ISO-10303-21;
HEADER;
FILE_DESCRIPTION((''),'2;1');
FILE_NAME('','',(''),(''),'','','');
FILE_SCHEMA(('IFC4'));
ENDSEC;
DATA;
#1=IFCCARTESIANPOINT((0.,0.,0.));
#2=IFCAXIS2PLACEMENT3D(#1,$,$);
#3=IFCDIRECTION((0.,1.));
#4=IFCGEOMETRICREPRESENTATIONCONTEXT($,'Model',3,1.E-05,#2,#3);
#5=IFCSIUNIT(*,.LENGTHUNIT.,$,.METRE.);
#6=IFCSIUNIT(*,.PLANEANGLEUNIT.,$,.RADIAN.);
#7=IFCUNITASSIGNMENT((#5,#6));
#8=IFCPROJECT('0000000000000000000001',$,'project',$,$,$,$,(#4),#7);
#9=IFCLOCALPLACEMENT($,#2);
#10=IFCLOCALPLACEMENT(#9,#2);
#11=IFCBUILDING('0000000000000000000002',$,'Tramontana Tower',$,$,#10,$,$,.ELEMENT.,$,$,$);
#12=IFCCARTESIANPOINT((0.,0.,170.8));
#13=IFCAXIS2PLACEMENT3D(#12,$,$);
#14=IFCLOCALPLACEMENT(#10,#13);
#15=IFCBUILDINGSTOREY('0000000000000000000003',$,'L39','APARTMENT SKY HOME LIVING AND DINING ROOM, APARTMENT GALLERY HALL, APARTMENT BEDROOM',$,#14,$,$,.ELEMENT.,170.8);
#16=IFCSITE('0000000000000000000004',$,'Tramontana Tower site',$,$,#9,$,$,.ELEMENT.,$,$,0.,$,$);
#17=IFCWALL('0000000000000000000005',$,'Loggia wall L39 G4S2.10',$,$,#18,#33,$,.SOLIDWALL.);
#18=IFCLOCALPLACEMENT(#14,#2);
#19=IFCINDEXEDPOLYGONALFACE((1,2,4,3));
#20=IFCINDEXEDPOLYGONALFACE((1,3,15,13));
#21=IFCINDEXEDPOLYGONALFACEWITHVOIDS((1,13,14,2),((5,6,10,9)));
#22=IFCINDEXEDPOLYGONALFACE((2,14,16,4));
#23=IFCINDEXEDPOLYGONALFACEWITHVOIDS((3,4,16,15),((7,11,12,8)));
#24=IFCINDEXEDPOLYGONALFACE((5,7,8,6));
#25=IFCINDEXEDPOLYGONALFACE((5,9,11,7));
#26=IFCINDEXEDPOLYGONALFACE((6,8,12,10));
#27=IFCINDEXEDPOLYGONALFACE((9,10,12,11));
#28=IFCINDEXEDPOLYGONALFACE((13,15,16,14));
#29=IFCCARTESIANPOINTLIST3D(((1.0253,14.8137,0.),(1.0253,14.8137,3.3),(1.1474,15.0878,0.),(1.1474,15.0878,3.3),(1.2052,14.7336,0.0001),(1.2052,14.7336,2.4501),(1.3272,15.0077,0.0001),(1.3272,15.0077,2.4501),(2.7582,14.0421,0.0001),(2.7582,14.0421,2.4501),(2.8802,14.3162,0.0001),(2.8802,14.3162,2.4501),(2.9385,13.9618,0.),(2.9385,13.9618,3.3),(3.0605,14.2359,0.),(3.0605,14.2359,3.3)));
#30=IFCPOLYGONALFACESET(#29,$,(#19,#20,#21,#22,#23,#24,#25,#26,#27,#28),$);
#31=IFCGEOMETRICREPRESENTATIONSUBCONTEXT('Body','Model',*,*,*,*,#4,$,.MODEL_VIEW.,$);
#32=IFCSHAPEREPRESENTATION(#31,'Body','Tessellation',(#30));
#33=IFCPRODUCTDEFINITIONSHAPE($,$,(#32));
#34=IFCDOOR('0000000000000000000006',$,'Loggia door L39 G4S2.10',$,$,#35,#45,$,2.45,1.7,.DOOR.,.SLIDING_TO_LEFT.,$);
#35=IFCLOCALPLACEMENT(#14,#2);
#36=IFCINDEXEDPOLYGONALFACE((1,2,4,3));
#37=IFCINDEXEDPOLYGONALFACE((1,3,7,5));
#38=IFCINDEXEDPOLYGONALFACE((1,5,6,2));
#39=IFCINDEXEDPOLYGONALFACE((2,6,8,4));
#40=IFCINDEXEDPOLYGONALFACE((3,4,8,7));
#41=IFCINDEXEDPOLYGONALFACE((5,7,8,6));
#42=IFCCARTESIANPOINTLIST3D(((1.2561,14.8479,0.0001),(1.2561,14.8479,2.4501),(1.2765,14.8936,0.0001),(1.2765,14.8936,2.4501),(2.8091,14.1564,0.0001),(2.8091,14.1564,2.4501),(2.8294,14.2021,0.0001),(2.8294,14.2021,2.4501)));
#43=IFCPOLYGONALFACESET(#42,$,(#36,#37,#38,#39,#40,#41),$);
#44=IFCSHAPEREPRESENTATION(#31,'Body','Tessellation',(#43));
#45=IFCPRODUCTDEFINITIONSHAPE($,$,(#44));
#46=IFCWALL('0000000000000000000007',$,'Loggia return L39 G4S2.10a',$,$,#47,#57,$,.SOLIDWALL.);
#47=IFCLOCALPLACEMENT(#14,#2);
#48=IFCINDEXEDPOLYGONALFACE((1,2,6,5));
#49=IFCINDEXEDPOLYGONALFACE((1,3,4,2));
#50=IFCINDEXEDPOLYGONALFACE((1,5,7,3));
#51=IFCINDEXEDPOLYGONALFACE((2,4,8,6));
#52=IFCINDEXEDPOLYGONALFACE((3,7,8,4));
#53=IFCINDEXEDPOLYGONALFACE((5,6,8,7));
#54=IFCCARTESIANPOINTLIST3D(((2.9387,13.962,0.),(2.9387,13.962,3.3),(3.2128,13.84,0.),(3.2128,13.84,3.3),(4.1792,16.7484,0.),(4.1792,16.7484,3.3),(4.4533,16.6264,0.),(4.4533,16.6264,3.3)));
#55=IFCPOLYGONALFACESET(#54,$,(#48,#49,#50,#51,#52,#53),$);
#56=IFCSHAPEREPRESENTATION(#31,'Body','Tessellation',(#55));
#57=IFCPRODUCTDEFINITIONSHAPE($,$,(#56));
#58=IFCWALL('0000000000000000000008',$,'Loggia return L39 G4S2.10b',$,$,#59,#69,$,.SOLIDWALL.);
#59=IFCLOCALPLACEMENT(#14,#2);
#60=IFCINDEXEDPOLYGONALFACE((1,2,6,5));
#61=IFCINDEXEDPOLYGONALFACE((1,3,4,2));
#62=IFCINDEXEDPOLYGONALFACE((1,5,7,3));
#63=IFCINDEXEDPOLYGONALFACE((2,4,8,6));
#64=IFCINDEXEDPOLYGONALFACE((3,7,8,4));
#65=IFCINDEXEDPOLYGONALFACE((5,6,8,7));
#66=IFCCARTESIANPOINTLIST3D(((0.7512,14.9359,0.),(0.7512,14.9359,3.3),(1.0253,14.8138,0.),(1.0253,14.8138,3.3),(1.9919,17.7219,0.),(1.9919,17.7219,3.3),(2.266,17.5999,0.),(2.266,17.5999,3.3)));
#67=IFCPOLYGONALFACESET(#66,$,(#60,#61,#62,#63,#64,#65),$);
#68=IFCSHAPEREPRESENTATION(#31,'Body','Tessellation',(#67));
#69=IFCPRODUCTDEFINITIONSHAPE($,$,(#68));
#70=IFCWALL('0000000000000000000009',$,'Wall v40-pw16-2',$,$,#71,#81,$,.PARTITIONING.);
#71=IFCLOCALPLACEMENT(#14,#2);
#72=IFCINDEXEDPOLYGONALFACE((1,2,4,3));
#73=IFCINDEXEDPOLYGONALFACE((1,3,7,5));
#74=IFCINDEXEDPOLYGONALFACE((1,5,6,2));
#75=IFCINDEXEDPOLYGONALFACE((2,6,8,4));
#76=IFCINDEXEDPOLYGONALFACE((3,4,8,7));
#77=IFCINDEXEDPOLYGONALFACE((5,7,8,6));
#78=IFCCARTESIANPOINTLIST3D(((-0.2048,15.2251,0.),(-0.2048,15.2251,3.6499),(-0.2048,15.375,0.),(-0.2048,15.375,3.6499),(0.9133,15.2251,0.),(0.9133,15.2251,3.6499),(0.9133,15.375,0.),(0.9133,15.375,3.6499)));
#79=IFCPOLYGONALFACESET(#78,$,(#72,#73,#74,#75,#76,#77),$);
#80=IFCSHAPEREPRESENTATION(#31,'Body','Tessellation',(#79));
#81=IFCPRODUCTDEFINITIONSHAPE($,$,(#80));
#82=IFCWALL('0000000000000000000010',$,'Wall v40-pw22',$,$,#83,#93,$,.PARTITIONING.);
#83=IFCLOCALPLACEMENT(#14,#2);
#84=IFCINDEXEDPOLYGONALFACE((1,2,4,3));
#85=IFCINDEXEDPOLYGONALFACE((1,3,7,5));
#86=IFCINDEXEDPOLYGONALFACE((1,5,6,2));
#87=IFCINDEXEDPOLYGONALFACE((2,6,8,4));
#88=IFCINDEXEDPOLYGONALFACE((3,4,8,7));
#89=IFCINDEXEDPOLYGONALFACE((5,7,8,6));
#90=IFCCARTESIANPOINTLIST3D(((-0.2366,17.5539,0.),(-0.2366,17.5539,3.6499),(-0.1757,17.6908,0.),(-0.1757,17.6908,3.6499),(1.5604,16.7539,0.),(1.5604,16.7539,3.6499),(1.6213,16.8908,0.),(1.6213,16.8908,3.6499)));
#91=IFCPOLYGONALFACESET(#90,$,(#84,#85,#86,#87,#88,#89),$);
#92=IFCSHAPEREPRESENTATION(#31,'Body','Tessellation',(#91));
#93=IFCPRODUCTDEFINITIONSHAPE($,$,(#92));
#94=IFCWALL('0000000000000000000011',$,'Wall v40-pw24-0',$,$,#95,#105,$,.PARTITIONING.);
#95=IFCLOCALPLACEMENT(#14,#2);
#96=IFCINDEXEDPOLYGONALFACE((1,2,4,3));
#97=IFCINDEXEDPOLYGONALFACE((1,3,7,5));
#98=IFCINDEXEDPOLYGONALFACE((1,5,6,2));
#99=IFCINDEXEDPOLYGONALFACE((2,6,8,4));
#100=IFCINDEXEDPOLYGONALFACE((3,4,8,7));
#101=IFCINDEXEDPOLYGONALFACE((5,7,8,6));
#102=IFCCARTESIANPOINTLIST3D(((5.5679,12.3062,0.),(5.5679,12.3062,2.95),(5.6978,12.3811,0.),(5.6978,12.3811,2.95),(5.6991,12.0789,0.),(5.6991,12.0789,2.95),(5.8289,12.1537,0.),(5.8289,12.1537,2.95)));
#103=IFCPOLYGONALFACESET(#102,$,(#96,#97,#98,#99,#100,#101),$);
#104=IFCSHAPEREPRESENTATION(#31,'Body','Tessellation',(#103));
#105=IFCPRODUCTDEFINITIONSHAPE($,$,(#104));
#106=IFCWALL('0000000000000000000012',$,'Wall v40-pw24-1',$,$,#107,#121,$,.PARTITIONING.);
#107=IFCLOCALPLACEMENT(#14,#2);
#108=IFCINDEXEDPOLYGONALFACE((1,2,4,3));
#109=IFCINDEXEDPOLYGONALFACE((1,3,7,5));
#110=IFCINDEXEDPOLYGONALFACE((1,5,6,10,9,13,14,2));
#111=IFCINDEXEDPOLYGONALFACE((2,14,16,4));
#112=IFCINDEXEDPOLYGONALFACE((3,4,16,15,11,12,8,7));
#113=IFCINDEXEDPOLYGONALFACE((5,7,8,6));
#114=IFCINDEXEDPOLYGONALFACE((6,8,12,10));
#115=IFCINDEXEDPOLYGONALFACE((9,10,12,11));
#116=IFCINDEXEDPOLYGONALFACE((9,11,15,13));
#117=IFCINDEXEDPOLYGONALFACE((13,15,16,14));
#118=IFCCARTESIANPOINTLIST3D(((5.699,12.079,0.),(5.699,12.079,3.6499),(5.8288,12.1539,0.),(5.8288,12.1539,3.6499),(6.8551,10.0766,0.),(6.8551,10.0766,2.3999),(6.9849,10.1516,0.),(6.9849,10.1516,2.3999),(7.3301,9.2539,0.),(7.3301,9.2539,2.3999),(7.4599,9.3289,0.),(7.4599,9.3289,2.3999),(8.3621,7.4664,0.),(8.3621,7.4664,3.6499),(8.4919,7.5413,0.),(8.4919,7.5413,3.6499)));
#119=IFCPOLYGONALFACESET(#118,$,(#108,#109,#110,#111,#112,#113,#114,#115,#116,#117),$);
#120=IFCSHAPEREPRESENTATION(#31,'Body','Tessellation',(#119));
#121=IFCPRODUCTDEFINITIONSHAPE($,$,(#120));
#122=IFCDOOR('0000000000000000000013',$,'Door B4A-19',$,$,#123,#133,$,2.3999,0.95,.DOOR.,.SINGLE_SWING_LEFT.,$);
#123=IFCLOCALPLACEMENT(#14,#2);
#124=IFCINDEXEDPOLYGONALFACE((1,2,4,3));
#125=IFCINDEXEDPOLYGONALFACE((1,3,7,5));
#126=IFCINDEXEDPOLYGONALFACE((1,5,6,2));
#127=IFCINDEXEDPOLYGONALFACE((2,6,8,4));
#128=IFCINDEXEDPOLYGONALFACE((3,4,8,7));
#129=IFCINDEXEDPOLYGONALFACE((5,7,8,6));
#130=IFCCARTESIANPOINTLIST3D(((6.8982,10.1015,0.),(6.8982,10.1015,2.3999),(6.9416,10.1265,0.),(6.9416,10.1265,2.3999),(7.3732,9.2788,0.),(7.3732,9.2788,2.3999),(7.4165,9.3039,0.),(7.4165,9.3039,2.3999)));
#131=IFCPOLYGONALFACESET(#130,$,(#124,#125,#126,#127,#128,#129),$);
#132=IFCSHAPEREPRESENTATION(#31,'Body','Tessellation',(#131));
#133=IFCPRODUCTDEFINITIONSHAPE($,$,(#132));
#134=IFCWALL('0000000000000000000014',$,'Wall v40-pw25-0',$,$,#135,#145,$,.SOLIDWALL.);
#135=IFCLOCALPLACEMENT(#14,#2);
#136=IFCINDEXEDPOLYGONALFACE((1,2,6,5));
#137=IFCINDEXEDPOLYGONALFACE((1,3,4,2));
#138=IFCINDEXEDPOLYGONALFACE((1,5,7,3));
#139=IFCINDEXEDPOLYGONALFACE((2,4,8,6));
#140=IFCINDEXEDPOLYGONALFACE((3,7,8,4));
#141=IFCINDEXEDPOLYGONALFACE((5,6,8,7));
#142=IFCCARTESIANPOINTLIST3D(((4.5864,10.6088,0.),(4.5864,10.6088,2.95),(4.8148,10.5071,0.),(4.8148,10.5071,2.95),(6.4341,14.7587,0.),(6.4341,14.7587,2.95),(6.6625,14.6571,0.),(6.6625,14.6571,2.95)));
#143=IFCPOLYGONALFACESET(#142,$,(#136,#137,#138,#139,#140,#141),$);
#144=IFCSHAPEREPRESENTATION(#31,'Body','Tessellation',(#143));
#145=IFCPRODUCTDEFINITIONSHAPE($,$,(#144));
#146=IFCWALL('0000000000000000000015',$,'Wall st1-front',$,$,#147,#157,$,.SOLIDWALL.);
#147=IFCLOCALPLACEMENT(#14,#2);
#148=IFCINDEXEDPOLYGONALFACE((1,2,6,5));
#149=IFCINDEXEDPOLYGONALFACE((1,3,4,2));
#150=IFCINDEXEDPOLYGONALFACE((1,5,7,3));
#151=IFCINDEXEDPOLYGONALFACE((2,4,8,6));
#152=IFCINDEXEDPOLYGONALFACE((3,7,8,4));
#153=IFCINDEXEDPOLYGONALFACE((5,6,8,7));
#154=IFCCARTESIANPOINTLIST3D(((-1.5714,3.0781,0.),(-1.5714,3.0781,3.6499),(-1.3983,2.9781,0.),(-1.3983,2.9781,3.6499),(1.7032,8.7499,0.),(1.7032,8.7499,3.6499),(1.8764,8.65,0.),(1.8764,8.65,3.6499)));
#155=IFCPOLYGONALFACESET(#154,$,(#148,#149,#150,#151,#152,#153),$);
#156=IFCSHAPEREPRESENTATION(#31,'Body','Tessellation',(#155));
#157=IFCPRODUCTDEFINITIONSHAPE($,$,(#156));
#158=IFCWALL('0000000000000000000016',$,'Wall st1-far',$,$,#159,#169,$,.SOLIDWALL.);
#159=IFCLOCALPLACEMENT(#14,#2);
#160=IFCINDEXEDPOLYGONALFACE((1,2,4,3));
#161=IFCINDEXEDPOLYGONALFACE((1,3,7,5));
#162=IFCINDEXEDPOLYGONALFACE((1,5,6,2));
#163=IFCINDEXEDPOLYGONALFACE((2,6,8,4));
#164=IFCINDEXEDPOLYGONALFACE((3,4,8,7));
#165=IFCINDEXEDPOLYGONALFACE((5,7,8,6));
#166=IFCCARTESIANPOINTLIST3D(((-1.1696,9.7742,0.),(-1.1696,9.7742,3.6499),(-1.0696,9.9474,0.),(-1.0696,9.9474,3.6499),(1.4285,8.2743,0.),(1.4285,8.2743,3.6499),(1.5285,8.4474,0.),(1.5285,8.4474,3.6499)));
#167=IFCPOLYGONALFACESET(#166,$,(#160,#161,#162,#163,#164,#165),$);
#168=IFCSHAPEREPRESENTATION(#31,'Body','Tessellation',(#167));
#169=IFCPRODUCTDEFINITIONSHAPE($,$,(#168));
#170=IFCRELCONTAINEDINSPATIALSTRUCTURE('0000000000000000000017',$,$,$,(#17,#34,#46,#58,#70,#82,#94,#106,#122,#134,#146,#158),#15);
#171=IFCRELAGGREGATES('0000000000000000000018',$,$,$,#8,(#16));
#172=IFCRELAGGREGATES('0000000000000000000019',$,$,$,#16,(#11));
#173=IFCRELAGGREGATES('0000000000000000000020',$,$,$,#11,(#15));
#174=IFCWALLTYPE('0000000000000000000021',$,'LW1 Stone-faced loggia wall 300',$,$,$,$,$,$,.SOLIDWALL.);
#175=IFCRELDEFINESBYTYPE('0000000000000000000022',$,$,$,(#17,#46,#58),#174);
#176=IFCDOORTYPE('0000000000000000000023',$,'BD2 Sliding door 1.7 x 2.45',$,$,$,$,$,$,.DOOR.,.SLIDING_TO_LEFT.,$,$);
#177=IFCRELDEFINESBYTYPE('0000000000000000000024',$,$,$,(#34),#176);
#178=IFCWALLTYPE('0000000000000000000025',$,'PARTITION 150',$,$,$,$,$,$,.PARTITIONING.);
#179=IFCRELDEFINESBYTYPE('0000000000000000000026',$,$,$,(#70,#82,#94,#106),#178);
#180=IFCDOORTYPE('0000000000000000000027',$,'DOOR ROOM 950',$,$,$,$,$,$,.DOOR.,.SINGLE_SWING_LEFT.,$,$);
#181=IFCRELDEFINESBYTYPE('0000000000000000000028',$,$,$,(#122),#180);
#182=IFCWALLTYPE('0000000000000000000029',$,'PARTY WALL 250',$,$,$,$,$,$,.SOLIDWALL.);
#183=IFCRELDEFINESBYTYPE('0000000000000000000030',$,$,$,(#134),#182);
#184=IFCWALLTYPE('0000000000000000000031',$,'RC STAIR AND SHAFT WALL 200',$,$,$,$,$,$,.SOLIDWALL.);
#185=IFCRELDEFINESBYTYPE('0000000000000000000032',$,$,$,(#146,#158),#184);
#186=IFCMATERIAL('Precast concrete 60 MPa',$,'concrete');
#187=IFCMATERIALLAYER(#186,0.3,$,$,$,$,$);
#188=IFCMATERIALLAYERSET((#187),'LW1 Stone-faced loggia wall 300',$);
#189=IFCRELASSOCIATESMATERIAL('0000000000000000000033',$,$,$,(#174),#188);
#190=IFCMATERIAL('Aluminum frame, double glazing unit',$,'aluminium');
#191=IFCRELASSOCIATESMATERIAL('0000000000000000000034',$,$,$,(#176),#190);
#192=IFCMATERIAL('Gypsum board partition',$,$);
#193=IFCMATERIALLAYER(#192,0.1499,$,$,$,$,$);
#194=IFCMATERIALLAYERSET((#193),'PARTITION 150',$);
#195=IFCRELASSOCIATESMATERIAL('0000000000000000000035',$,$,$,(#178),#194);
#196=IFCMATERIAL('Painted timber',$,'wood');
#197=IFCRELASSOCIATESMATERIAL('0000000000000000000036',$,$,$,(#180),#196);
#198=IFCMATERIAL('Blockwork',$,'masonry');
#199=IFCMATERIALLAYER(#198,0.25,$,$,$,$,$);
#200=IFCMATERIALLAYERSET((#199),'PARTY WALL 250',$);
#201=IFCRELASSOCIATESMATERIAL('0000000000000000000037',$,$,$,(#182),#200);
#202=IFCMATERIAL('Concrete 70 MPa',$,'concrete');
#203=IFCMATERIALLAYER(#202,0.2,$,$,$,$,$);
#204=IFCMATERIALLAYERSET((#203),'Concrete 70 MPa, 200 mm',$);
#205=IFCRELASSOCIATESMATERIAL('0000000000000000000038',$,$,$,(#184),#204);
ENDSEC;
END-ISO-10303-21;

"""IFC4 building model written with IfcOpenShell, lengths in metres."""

from ifc_helpers import new_model, si_unit, direction, frame, frame_2d, origin, place, context, subcontext, project, spatial, rectangle, extrude, material, layer, layer_set, type_object, element, fill, save


model = new_model("IFC4")

# Units and contexts
model_context = context("Model", 3, precision=1e-05, world=origin(), true_north=direction((0.0, 1.0)))
body_context = subcontext(model_context, "Body", "Model", "MODEL_VIEW")
ifc_project = project(units=[si_unit("LENGTHUNIT", "METRE"), si_unit("PLANEANGLEUNIT", "RADIAN")], contexts=[model_context])

# Site, building, storey
site_placement = place(None, origin())
site = spatial("IfcSite", under=ifc_project, at=site_placement, Name="Tramontana Tower site", CompositionType="ELEMENT", RefElevation=0.0)
building_placement = place(site_placement, origin())
building = spatial("IfcBuilding", under=site, at=building_placement, Name="Tramontana Tower", CompositionType="ELEMENT")
storey_placement = place(building_placement, frame((0.0, 0.0, 170.8)))
storey = spatial("IfcBuildingStorey", under=building, at=storey_placement, Name="L39", Description="APARTMENT SKY HOME LIVING AND DINING ROOM, APARTMENT GALLERY HALL, APARTMENT BEDROOM", CompositionType="ELEMENT", Elevation=170.8)

# Wall, opening, door
ifc_material_1 = material(Name="Precast concrete 60 MPa", Category="concrete")
ifc_layer_1 = layer(ifc_material_1, 0.3)
ifc_layer_set_1 = layer_set([ifc_layer_1], Name="LW1 Stone-faced loggia wall 300")
wall_type_1 = type_object("IfcWallType", Name="LW1 Stone-faced loggia wall 300", PredefinedType="SOLIDWALL", material=ifc_layer_set_1)
wall_1_placement = place(storey_placement, frame((2.9995, 14.0989, 0.0), z_axis=(0.0, 0.0, 1.0), x_axis=(-0.913537, 0.406755, 0.0)))
wall_1 = element("IfcWall", 1, at=wall_1_placement, inside=storey, type_object=wall_type_1, Name="Loggia wall L39 G4S2.10", PredefinedType="SOLIDWALL", context=body_context, shape_type="SweptSolid", body=[
    extrude(rectangle(XDim=2.0942, YDim=0.3, at=frame_2d((1.0471, 0.0))), origin(), (0.0, 0.0, 1.0), 3.3),
])
opening_1_placement = place(wall_1_placement, frame((0.1973, 0.0, 0.0)))
opening_1 = element("IfcOpeningElement", 2, at=opening_1_placement, cuts=wall_1, PredefinedType="OPENING", context=body_context, shape_type="SweptSolid", body=[
    extrude(rectangle(XDim=1.7, YDim=2.45, at=frame_2d((0.8501, 1.2251))), frame((0.0, 0.1599, 0.0), z_axis=(0.0, -1.0, 0.0), x_axis=(1.0, 0.0, 0.0)), (0.0, 0.0, 1.0), 0.3201),
])
ifc_material_2 = material(Name="Aluminum frame, double glazing unit", Category="aluminium")
door_type_1 = type_object("IfcDoorType", Name="BD2 Sliding door 1.7 x 2.45", OperationType="SLIDING_TO_LEFT", PredefinedType="DOOR", material=ifc_material_2)
door_1_placement = place(opening_1_placement, origin())
door_1 = element("IfcDoor", 3, at=door_1_placement, inside=storey, type_object=door_type_1, Name="Loggia door L39 G4S2.10", OperationType="SLIDING_TO_LEFT", OverallHeight=2.45, OverallWidth=1.7, PredefinedType="DOOR", context=body_context, shape_type="SweptSolid", body=[
    extrude(rectangle(XDim=1.7, YDim=2.45, at=frame_2d((0.8501, 1.2251))), frame((0.0, 0.0249, 0.0), z_axis=(0.0, -1.0, 0.0), x_axis=(1.0, 0.0, 0.0)), (0.0, 0.0, 1.0), 0.05),
])
fill(opening_1, door_1)

# Walls
wall_2_placement = place(storey_placement, frame((4.3162, 16.6873, 0.0), z_axis=(0.0, 0.0, 1.0), x_axis=(-0.40671, -0.913557, 0.0)))
element("IfcWall", 4, at=wall_2_placement, inside=storey, type_object=wall_type_1, Name="Loggia return L39 G4S2.10a", PredefinedType="SOLIDWALL", context=body_context, shape_type="SweptSolid", body=[
    extrude(rectangle(XDim=3.05, YDim=0.3, at=frame_2d((1.5249, 0.0))), origin(), (0.0, 0.0, 1.0), 3.3),
])
wall_3_placement = place(storey_placement, frame((2.1289, 17.6609, 0.0), z_axis=(0.0, 0.0, 1.0), x_axis=(-0.406807, -0.913514, 0.0)))
element("IfcWall", 5, at=wall_3_placement, inside=storey, type_object=wall_type_1, Name="Loggia return L39 G4S2.10b", PredefinedType="SOLIDWALL", context=body_context, shape_type="SweptSolid", body=[
    extrude(rectangle(XDim=3.0498, YDim=0.3, at=frame_2d((1.5249, 0.0))), origin(), (0.0, 0.0, 1.0), 3.3),
])
ifc_material_3 = material(Name="Gypsum board partition")
ifc_layer_2 = layer(ifc_material_3, 0.1499)
ifc_layer_set_2 = layer_set([ifc_layer_2], Name="PARTITION 150")
wall_type_2 = type_object("IfcWallType", Name="PARTITION 150", PredefinedType="PARTITIONING", material=ifc_layer_set_2)
wall_4_placement = place(storey_placement, frame((-0.2048, 15.3, 0.0), z_axis=(0.0, 0.0, 1.0), x_axis=(1.0, 0.0, 0.0)))
element("IfcWall", 6, at=wall_4_placement, inside=storey, type_object=wall_type_2, Name="Wall v40-pw16-2", PredefinedType="PARTITIONING", context=body_context, shape_type="SweptSolid", body=[
    extrude(rectangle(XDim=1.1182, YDim=0.1499, at=frame_2d((0.5591, 0.0))), origin(), (0.0, 0.0, 1.0), 3.6499),
])
wall_5_placement = place(storey_placement, frame((-0.2061, 17.6223, 0.0), z_axis=(0.0, 0.0, 1.0), x_axis=(0.913561, -0.406703, 0.0)))
element("IfcWall", 7, at=wall_5_placement, inside=storey, type_object=wall_type_2, Name="Wall v40-pw22", PredefinedType="PARTITIONING", context=body_context, shape_type="SweptSolid", body=[
    extrude(rectangle(XDim=1.967, YDim=0.1499, at=frame_2d((0.9834, 0.0))), origin(), (0.0, 0.0, 1.0), 3.6499),
])
wall_6_placement = place(storey_placement, frame((5.6328, 12.3438, 0.0), z_axis=(0.0, 0.0, 1.0), x_axis=(0.499642, -0.866232, 0.0)))
element("IfcWall", 8, at=wall_6_placement, inside=storey, type_object=wall_type_2, Name="Wall v40-pw24-0", PredefinedType="PARTITIONING", context=body_context, shape_type="SweptSolid", body=[
    extrude(rectangle(XDim=0.2625, YDim=0.1499, at=frame_2d((0.1313, 0.0))), origin(), (0.0, 0.0, 1.0), 2.95),
])

# Wall, opening, door
wall_7_placement = place(storey_placement, frame((5.7639, 12.1165, 0.0), z_axis=(0.0, 0.0, 1.0), x_axis=(0.500004, -0.866023, 0.0)))
wall_7 = element("IfcWall", 9, at=wall_7_placement, inside=storey, type_object=wall_type_2, Name="Wall v40-pw24-1", PredefinedType="PARTITIONING", context=body_context, shape_type="SweptSolid", body=[
    extrude(rectangle(XDim=5.3262, YDim=0.1499, at=frame_2d((2.6631, 0.0))), origin(), (0.0, 0.0, 1.0), 3.6499),
])
opening_2_placement = place(wall_7_placement, frame((2.312, 0.0, 0.0)))
opening_2 = element("IfcOpeningElement", 10, at=opening_2_placement, cuts=wall_7, PredefinedType="OPENING", context=body_context, shape_type="SweptSolid", body=[
    extrude(rectangle(XDim=0.95, YDim=2.3999, at=frame_2d((0.4751, 1.2))), frame((0.0, 0.085, 0.0), z_axis=(0.0, -1.0, 0.0), x_axis=(1.0, 0.0, 0.0)), (0.0, 0.0, 1.0), 0.1699),
])
ifc_material_4 = material(Name="Painted timber", Category="wood")
door_type_2 = type_object("IfcDoorType", Name="DOOR ROOM 950", OperationType="SINGLE_SWING_LEFT", PredefinedType="DOOR", material=ifc_material_4)
door_2_placement = place(opening_2_placement, origin())
door_2 = element("IfcDoor", 11, at=door_2_placement, inside=storey, type_object=door_type_2, Name="Door B4A-19", OperationType="SINGLE_SWING_LEFT", OverallHeight=2.3999, OverallWidth=0.95, PredefinedType="DOOR", context=body_context, shape_type="SweptSolid", body=[
    extrude(rectangle(XDim=0.95, YDim=2.3999, at=frame_2d((0.4751, 1.2))), frame((0.0, 0.0249, 0.0), z_axis=(0.0, -1.0, 0.0), x_axis=(1.0, 0.0, 0.0)), (0.0, 0.0, 1.0), 0.05),
])
fill(opening_2, door_2)

# Walls
ifc_material_5 = material(Name="Blockwork", Category="masonry")
ifc_layer_3 = layer(ifc_material_5, 0.25)
ifc_layer_set_3 = layer_set([ifc_layer_3], Name="PARTY WALL 250")
wall_type_3 = type_object("IfcWallType", Name="PARTY WALL 250", PredefinedType="SOLIDWALL", material=ifc_layer_set_3)
wall_8_placement = place(storey_placement, frame((6.5483, 14.708, 0.0), z_axis=(0.0, 0.0, 1.0), x_axis=(-0.406737, -0.913545, 0.0)))
element("IfcWall", 12, at=wall_8_placement, inside=storey, type_object=wall_type_3, Name="Wall v40-pw25-0", PredefinedType="SOLIDWALL", context=body_context, shape_type="SweptSolid", body=[
    extrude(rectangle(XDim=4.5427, YDim=0.25, at=frame_2d((2.2715, 0.0))), origin(), (0.0, 0.0, 1.0), 2.95),
])
ifc_material_6 = material(Name="Concrete 70 MPa", Category="concrete")
ifc_layer_4 = layer(ifc_material_6, 0.2)
ifc_layer_set_4 = layer_set([ifc_layer_4], Name="Concrete 70 MPa, 200 mm")
wall_type_4 = type_object("IfcWallType", Name="RC STAIR AND SHAFT WALL 200", PredefinedType="SOLIDWALL", material=ifc_layer_set_4)
wall_9_placement = place(storey_placement, frame((1.7898, 8.7, 0.0), z_axis=(0.0, 0.0, 1.0), x_axis=(-0.5, -0.866025, 0.0)))
element("IfcWall", 13, at=wall_9_placement, inside=storey, type_object=wall_type_4, Name="Wall st1-front", PredefinedType="SOLIDWALL", context=body_context, shape_type="SweptSolid", body=[
    extrude(rectangle(XDim=6.5493, YDim=0.2, at=frame_2d((3.2747, 0.0))), origin(), (0.0, 0.0, 1.0), 3.6499),
])
wall_10_placement = place(storey_placement, frame((1.4785, 8.3608, 0.0), z_axis=(0.0, 0.0, 1.0), x_axis=(-0.866031, 0.49999, 0.0)))
element("IfcWall", 14, at=wall_10_placement, inside=storey, type_object=wall_type_4, Name="Wall st1-far", PredefinedType="SOLIDWALL", context=body_context, shape_type="SweptSolid", body=[
    extrude(rectangle(XDim=3.0, YDim=0.2, at=frame_2d((1.5, 0.0))), origin(), (0.0, 0.0, 1.0), 3.6499),
])

save(model, "model.ifc")
